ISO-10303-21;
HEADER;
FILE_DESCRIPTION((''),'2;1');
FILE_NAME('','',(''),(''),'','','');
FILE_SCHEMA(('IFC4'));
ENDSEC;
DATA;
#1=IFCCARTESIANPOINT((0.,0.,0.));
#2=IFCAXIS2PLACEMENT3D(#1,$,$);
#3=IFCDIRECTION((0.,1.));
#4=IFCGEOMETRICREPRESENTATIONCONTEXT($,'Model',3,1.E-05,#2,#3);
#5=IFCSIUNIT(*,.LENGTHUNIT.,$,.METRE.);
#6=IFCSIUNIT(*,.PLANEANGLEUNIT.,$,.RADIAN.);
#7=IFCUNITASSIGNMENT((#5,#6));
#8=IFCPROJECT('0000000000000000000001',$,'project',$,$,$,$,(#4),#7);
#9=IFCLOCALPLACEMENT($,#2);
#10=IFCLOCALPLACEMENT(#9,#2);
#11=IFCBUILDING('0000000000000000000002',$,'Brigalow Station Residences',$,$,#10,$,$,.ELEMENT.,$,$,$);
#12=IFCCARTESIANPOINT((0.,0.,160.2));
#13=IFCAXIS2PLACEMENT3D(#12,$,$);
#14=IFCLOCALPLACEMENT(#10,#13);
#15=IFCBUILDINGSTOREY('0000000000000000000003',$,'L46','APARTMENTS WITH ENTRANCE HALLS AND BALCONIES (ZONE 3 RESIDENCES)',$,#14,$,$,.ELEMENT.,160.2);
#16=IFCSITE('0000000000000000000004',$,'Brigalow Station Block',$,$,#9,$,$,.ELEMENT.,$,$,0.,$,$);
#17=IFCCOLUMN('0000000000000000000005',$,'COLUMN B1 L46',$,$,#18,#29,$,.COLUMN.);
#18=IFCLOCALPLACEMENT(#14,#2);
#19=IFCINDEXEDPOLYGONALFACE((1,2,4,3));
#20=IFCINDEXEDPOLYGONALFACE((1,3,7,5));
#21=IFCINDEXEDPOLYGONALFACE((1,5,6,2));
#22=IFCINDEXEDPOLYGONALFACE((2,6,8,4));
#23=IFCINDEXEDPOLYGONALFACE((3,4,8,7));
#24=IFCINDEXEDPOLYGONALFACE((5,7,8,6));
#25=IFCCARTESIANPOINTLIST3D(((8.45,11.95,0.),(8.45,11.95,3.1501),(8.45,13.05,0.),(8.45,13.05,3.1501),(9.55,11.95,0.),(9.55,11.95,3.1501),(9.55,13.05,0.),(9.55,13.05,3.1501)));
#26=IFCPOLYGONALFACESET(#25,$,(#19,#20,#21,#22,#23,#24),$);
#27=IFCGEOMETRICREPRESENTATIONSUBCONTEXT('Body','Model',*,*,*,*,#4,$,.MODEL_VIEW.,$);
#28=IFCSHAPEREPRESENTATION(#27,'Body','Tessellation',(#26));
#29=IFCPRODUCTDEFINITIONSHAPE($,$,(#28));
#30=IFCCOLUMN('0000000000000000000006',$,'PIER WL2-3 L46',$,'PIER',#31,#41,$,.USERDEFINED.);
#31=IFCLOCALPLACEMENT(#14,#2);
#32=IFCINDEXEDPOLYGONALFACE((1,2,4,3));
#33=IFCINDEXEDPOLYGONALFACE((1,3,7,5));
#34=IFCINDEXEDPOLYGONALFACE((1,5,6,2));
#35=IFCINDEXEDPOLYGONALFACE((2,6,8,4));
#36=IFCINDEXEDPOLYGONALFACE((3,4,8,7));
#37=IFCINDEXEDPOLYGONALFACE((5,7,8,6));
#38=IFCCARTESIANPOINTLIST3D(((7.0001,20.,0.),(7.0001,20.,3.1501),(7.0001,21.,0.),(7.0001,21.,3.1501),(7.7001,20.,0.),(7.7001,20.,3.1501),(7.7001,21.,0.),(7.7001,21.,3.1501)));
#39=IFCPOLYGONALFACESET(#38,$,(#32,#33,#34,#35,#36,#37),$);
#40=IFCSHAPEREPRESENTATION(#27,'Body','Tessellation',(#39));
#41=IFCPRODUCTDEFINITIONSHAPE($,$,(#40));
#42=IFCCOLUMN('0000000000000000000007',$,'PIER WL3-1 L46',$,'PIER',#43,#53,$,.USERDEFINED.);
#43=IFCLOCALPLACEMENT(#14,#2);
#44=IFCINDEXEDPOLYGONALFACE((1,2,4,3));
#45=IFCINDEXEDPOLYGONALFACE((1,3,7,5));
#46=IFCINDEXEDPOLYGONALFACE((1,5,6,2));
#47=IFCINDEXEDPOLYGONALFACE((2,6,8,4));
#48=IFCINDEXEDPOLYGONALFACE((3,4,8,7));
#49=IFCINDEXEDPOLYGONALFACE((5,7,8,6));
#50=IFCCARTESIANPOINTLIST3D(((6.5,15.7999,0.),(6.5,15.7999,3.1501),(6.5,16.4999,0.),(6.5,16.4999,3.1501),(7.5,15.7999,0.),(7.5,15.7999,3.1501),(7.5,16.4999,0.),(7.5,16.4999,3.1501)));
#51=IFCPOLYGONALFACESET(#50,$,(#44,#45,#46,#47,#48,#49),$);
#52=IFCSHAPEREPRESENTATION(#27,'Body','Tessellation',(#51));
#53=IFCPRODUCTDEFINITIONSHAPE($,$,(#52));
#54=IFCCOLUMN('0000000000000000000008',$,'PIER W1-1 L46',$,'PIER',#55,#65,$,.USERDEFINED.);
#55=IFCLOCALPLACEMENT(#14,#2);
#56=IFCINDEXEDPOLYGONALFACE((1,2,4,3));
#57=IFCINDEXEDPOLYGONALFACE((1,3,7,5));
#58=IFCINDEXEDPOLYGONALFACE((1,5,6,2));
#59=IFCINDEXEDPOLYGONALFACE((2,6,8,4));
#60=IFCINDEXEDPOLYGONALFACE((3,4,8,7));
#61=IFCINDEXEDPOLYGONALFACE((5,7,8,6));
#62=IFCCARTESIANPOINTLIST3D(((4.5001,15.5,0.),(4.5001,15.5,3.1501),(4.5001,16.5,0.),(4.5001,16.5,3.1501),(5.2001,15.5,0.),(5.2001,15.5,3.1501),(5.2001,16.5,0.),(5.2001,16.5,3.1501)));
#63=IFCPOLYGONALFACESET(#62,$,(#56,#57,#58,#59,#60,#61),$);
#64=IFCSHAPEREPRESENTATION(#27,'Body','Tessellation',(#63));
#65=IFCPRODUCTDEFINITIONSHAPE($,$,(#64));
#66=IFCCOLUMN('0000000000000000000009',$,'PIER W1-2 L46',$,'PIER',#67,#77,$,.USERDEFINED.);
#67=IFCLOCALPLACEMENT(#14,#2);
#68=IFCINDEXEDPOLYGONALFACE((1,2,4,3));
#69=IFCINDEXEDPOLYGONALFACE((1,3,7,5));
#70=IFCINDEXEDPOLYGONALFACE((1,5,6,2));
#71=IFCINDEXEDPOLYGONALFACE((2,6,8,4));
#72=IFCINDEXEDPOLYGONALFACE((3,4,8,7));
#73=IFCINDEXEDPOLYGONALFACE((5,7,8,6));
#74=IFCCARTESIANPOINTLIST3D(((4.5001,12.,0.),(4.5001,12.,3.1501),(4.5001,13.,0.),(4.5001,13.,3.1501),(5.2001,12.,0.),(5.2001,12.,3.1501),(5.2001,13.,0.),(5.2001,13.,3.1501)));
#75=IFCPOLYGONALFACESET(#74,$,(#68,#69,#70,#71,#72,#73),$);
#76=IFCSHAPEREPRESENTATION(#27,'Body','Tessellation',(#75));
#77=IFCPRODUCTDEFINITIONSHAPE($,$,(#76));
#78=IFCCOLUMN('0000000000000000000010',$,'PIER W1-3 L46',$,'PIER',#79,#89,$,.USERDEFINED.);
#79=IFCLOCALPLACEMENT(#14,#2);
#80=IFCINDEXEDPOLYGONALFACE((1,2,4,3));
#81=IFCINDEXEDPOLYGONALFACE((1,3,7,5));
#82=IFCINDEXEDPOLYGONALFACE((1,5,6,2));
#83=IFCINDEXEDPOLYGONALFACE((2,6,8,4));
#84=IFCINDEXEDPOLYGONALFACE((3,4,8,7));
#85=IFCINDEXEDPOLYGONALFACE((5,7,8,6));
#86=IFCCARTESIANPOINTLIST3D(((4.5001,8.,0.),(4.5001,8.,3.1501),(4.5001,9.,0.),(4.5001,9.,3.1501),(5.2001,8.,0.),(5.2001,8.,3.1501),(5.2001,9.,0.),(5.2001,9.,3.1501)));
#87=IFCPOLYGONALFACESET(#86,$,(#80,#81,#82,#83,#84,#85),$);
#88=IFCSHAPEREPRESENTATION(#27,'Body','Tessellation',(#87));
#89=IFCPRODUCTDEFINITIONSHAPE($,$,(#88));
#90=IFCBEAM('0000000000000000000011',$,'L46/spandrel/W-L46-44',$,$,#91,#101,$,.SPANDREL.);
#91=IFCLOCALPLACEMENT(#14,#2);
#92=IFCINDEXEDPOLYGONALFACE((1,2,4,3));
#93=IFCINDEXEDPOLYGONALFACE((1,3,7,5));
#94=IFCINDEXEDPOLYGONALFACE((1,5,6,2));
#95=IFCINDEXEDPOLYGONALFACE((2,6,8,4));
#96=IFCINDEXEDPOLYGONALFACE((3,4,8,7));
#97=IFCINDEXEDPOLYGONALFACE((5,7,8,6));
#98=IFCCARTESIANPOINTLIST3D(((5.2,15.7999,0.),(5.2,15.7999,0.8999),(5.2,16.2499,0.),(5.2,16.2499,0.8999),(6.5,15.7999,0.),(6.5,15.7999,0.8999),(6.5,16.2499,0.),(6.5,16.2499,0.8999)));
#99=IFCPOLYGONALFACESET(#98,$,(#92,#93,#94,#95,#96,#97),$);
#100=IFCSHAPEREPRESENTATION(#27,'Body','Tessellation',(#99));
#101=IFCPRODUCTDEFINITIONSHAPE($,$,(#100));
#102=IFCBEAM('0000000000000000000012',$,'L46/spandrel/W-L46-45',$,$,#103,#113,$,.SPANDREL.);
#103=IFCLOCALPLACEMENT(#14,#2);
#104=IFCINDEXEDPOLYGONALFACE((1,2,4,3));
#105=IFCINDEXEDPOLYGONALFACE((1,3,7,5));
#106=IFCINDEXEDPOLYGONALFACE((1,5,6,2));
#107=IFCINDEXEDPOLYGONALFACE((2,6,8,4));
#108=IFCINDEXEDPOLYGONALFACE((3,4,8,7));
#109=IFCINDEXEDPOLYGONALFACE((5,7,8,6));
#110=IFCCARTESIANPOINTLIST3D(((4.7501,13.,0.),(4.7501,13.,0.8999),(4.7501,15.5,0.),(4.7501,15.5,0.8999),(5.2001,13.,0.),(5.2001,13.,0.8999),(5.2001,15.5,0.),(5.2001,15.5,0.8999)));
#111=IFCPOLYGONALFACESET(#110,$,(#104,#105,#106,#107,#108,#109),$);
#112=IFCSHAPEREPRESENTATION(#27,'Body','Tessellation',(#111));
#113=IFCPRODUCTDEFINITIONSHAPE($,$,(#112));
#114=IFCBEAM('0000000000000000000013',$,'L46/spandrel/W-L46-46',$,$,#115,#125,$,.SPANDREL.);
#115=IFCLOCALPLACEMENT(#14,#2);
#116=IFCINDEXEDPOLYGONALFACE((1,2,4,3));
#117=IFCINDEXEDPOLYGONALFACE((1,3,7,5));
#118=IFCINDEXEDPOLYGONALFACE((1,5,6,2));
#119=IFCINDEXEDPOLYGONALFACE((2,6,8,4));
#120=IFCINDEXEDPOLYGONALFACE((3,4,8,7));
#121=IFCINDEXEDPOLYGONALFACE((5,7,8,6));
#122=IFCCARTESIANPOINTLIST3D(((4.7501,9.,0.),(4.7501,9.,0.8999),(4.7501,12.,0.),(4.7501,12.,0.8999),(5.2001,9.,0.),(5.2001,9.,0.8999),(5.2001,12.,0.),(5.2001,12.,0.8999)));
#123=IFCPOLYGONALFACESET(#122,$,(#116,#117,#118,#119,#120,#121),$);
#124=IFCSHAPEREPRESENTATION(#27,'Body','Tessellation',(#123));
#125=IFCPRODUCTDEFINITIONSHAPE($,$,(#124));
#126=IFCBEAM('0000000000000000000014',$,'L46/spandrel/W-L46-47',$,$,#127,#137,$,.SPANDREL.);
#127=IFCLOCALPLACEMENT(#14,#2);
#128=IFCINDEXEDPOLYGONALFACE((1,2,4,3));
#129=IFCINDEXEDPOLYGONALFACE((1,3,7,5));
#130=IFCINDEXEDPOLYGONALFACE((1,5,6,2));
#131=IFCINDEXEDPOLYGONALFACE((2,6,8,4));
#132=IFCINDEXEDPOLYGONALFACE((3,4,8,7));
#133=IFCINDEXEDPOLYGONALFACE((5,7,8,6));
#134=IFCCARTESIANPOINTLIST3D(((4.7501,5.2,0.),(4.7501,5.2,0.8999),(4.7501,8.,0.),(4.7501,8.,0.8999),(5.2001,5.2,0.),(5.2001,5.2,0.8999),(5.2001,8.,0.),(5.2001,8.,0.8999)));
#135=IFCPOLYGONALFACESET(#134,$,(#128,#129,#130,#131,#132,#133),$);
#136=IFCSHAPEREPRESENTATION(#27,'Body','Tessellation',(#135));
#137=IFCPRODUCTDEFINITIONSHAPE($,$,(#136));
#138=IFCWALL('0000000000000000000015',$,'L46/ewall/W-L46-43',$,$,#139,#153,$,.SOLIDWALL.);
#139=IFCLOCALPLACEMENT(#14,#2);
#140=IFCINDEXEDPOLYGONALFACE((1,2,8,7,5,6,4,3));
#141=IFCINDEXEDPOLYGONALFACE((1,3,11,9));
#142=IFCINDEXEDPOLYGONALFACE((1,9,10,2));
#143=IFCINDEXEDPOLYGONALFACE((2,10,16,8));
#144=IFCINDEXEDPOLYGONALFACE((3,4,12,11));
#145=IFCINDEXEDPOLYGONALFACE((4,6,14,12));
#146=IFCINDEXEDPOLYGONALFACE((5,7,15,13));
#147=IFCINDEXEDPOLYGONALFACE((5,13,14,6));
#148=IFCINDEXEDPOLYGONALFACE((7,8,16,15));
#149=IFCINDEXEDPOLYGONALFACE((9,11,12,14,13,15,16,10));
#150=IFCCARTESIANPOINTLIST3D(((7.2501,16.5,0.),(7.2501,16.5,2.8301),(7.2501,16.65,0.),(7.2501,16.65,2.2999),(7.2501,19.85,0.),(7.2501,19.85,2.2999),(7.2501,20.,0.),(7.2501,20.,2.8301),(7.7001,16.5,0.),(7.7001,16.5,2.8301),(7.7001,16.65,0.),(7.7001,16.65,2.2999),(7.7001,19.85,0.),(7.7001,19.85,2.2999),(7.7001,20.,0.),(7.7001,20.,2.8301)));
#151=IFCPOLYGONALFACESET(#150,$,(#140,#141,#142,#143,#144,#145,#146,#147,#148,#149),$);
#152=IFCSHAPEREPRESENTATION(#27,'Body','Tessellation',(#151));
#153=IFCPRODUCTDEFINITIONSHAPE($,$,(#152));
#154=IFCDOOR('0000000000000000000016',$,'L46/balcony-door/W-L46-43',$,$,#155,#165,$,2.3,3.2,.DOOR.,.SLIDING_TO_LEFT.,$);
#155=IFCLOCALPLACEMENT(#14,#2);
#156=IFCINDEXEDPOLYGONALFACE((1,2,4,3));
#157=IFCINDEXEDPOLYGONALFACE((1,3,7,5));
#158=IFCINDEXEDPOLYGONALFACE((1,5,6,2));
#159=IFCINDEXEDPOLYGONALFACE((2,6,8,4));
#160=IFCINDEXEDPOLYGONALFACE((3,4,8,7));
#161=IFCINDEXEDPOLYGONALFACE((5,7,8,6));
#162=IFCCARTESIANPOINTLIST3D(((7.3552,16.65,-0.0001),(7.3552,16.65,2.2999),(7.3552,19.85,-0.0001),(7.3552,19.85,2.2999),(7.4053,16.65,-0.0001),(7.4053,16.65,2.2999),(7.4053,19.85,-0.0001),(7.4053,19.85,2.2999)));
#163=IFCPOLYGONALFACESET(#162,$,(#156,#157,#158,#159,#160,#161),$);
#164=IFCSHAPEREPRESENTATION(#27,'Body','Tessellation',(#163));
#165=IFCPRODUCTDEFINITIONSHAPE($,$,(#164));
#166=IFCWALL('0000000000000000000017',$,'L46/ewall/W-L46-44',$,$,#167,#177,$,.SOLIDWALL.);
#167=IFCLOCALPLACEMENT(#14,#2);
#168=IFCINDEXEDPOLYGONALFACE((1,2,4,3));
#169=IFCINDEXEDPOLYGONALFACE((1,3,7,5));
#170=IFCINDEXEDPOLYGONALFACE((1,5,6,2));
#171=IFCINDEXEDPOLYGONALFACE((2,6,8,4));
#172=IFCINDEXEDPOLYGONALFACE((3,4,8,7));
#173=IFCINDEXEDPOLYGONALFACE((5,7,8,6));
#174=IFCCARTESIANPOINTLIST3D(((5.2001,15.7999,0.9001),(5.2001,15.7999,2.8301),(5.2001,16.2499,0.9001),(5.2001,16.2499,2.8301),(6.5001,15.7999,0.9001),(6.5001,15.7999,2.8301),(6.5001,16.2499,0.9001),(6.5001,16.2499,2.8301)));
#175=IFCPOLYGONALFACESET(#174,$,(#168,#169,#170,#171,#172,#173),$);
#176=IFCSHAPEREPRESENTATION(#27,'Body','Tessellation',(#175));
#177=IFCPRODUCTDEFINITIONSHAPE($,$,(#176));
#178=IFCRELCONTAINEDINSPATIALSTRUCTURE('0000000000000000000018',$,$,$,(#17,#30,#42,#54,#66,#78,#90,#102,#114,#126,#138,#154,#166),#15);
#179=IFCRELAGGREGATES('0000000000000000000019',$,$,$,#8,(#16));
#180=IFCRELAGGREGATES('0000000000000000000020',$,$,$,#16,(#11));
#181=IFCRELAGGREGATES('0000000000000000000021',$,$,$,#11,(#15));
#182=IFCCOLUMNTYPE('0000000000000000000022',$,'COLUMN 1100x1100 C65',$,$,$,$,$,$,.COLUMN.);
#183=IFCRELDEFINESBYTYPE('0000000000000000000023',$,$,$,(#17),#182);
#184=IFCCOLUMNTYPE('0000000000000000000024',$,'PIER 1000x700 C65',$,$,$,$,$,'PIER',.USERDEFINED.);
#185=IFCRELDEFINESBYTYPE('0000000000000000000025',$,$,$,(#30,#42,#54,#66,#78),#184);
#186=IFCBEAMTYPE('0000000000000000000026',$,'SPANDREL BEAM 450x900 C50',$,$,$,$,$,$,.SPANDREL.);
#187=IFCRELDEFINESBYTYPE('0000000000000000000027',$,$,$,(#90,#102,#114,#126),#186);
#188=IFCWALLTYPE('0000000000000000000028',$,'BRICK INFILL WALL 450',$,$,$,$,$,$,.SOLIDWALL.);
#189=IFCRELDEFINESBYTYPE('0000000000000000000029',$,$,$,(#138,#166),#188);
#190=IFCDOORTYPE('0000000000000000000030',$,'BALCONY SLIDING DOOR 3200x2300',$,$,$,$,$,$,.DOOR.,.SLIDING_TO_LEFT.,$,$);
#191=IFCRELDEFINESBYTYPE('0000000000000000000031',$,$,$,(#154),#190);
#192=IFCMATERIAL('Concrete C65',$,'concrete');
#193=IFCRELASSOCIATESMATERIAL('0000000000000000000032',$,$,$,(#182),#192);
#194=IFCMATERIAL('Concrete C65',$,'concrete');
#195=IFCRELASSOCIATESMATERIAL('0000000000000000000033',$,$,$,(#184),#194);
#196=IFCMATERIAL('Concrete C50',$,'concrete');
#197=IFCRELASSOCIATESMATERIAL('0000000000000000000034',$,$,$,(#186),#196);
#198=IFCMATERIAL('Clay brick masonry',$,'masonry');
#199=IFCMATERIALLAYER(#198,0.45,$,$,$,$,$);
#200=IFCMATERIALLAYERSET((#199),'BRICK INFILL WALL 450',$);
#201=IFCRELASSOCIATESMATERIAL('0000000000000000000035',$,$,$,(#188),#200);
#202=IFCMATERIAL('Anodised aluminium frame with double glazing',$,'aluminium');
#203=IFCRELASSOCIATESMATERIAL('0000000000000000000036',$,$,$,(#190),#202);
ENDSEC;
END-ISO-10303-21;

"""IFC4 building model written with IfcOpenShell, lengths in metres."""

from ifc_helpers import new_model, si_unit, direction, frame, frame_2d, origin, origin_2d, place, context, subcontext, project, spatial, rectangle, extrude, material, layer, layer_set, material_profile, profile_set, type_object, element, fill, save


model = new_model("IFC4")

# Units and contexts
model_context = context("Model", 3, precision=1e-05, world=origin(), true_north=direction((0.0, 1.0)))
body_context = subcontext(model_context, "Body", "Model", "MODEL_VIEW")
ifc_project = project(units=[si_unit("LENGTHUNIT", "METRE"), si_unit("PLANEANGLEUNIT", "RADIAN")], contexts=[model_context])

# Site, building, storey
site_placement = place(None, origin())
site = spatial("IfcSite", under=ifc_project, at=site_placement, Name="Brigalow Station Block", CompositionType="ELEMENT", RefElevation=0.0)
building_placement = place(site_placement, origin())
building = spatial("IfcBuilding", under=site, at=building_placement, Name="Brigalow Station Residences", CompositionType="ELEMENT")
storey_placement = place(building_placement, frame((0.0, 0.0, 160.2)))
storey = spatial("IfcBuildingStorey", under=building, at=storey_placement, Name="L46", Description="APARTMENTS WITH ENTRANCE HALLS AND BALCONIES (ZONE 3 RESIDENCES)", CompositionType="ELEMENT", Elevation=160.2)

# Columns
ifc_material_1 = material(Name="Concrete C65", Category="concrete")
ifc_material_profile_1 = material_profile(ifc_material_1, rectangle(XDim=1.1001, YDim=1.1001, at=origin_2d()), Name="RC1100x1100")
ifc_profile_set_1 = profile_set([ifc_material_profile_1], Name="Concrete C65")
column_type_1 = type_object("IfcColumnType", Name="COLUMN 1100x1100 C65", PredefinedType="COLUMN", material=ifc_profile_set_1)
column_placement = place(storey_placement, frame((9.0, 12.5, 0.0), z_axis=(0.0, 0.0, 1.0), x_axis=(1.0, 0.0, 0.0)))
element("IfcColumn", 1, at=column_placement, inside=storey, type_object=column_type_1, Name="COLUMN B1 L46", PredefinedType="COLUMN", context=body_context, shape_type="SweptSolid", body=[
    extrude(rectangle(XDim=1.1001, YDim=1.1001, at=origin_2d()), origin(), (0.0, 0.0, 1.0), 3.1501),
])
ifc_material_2 = material(Name="Concrete C65", Category="concrete")
ifc_material_profile_2 = material_profile(ifc_material_2, rectangle(XDim=1.0, YDim=0.7, at=origin_2d()), Name="RC1000x700")
ifc_profile_set_2 = profile_set([ifc_material_profile_2], Name="Concrete C65")
column_type_2 = type_object("IfcColumnType", Name="PIER 1000x700 C65", ElementType="PIER", PredefinedType="USERDEFINED", material=ifc_profile_set_2)
for number, where, z_axis, x_axis, name in (
    (2, (7.3501, 20.5, 0.0), (0.0, 0.0, 1.0), (0.0, -1.0, 0.0), "PIER WL2-3 L46"),
    (3, (7.0, 16.1499, 0.0), (0.0, 0.0, 1.0), (-1.0, 0.0, 0.0), "PIER WL3-1 L46"),
    (4, (4.8501, 16.0, 0.0), (0.0, 0.0, 1.0), (0.0, -1.0, 0.0), "PIER W1-1 L46"),
    (5, (4.8501, 12.5, 0.0), (0.0, 0.0, 1.0), (0.0, -1.0, 0.0), "PIER W1-2 L46"),
    (6, (4.8501, 8.5, 0.0), (0.0, 0.0, 1.0), (0.0, -1.0, 0.0), "PIER W1-3 L46"),
):
    element("IfcColumn", number, at=place(storey_placement, frame(where, z_axis=z_axis, x_axis=x_axis)), inside=storey, type_object=column_type_2, Name=name, ObjectType="PIER", PredefinedType="USERDEFINED", context=body_context, shape_type="SweptSolid", body=[
        extrude(rectangle(XDim=1.0, YDim=0.7, at=origin_2d()), origin(), (0.0, 0.0, 1.0), 3.1501),
    ])

# Beams
ifc_material_3 = material(Name="Concrete C50", Category="concrete")
ifc_material_profile_3 = material_profile(ifc_material_3, rectangle(XDim=0.45, YDim=0.8999, at=origin_2d()), Name="RC450x900")
ifc_profile_set_3 = profile_set([ifc_material_profile_3], Name="Concrete C50")
beam_type = type_object("IfcBeamType", Name="SPANDREL BEAM 450x900 C50", PredefinedType="SPANDREL", material=ifc_profile_set_3)
beam_1_placement = place(storey_placement, frame((6.5, 16.0249, 0.45), z_axis=(-1.0, 0.0, 0.0), x_axis=(0.0, -1.0, 0.0)))
element("IfcBeam", 7, at=beam_1_placement, inside=storey, type_object=beam_type, Name="L46/spandrel/W-L46-44", PredefinedType="SPANDREL", context=body_context, shape_type="SweptSolid", body=[
    extrude(rectangle(XDim=0.45, YDim=0.8999, at=origin_2d()), origin(), (0.0, 0.0, 1.0), 1.3),
])
beam_2_placement = place(storey_placement, frame((4.9751, 15.5, 0.45), z_axis=(0.0, -1.0, 0.0), x_axis=(1.0, 0.0, 0.0)))
element("IfcBeam", 8, at=beam_2_placement, inside=storey, type_object=beam_type, Name="L46/spandrel/W-L46-45", PredefinedType="SPANDREL", context=body_context, shape_type="SweptSolid", body=[
    extrude(rectangle(XDim=0.45, YDim=0.8999, at=origin_2d()), origin(), (0.0, 0.0, 1.0), 2.5),
])
beam_3_placement = place(storey_placement, frame((4.9751, 12.0, 0.45), z_axis=(0.0, -1.0, 0.0), x_axis=(1.0, 0.0, 0.0)))
element("IfcBeam", 9, at=beam_3_placement, inside=storey, type_object=beam_type, Name="L46/spandrel/W-L46-46", PredefinedType="SPANDREL", context=body_context, shape_type="SweptSolid", body=[
    extrude(rectangle(XDim=0.45, YDim=0.8999, at=origin_2d()), origin(), (0.0, 0.0, 1.0), 3.0),
])
beam_4_placement = place(storey_placement, frame((4.9751, 8.0, 0.45), z_axis=(0.0, -1.0, 0.0), x_axis=(1.0, 0.0, 0.0)))
element("IfcBeam", 10, at=beam_4_placement, inside=storey, type_object=beam_type, Name="L46/spandrel/W-L46-47", PredefinedType="SPANDREL", context=body_context, shape_type="SweptSolid", body=[
    extrude(rectangle(XDim=0.45, YDim=0.8999, at=origin_2d()), origin(), (0.0, 0.0, 1.0), 2.8),
])

# Wall, opening, door
ifc_material_4 = material(Name="Clay brick masonry", Category="masonry")
ifc_layer_1 = layer(ifc_material_4, 0.45)
ifc_layer_set_1 = layer_set([ifc_layer_1], Name="BRICK INFILL WALL 450")
wall_type_1 = type_object("IfcWallType", Name="BRICK INFILL WALL 450", PredefinedType="SOLIDWALL", material=ifc_layer_set_1)
wall_1_placement = place(storey_placement, frame((7.4751, 20.0, 0.0), z_axis=(0.0, 0.0, 1.0), x_axis=(0.0, -1.0, 0.0)))
wall_1 = element("IfcWall", 11, at=wall_1_placement, inside=storey, type_object=wall_type_1, Name="L46/ewall/W-L46-43", PredefinedType="SOLIDWALL", context=body_context, shape_type="SweptSolid", body=[
    extrude(rectangle(XDim=3.5, YDim=0.45, at=frame_2d((1.75, 0.0))), origin(), (0.0, 0.0, 1.0), 2.8301),
])
opening_1_placement = place(wall_1_placement, frame((0.1499, 0.0, 0.0)))
opening_1 = element("IfcOpeningElement", 12, at=opening_1_placement, cuts=wall_1, PredefinedType="OPENING", context=body_context, shape_type="SweptSolid", body=[
    extrude(rectangle(XDim=3.2, YDim=2.3, at=frame_2d((1.6001, 1.1499))), frame((0.0, 0.2349, 0.0), z_axis=(0.0, -1.0, 0.0), x_axis=(1.0, 0.0, 0.0)), (0.0, 0.0, 1.0), 0.47),
])
ifc_material_5 = material(Name="Anodised aluminium frame with double glazing", Category="aluminium")
door_type_1 = type_object("IfcDoorType", Name="BALCONY SLIDING DOOR 3200x2300", OperationType="SLIDING_TO_LEFT", PredefinedType="DOOR", material=ifc_material_5)
door_1_placement = place(opening_1_placement, origin())
door_1 = element("IfcDoor", 13, at=door_1_placement, inside=storey, type_object=door_type_1, Name="L46/balcony-door/W-L46-43", OperationType="SLIDING_TO_LEFT", OverallHeight=2.3, OverallWidth=3.2, PredefinedType="DOOR", context=body_context, shape_type="SweptSolid", body=[
    extrude(rectangle(XDim=3.2, YDim=2.3, at=frame_2d((1.6001, 1.1499))), frame((0.0, -0.0698, 0.0), z_axis=(0.0, -1.0, 0.0), x_axis=(1.0, 0.0, 0.0)), (0.0, 0.0, 1.0), 0.05),
])
fill(opening_1, door_1)

# Wall
wall_2_placement = place(storey_placement, frame((6.5, 16.0249, 0.9001), z_axis=(0.0, 0.0, 1.0), x_axis=(-1.0, 0.0, 0.0)))
element("IfcWall", 14, at=wall_2_placement, inside=storey, type_object=wall_type_1, Name="L46/ewall/W-L46-44", PredefinedType="SOLIDWALL", context=body_context, shape_type="SweptSolid", body=[
    extrude(rectangle(XDim=1.3, YDim=0.45, at=frame_2d((0.6499, 0.0))), origin(), (0.0, 0.0, 1.0), 1.9299),
])

save(model, "model.ifc")
